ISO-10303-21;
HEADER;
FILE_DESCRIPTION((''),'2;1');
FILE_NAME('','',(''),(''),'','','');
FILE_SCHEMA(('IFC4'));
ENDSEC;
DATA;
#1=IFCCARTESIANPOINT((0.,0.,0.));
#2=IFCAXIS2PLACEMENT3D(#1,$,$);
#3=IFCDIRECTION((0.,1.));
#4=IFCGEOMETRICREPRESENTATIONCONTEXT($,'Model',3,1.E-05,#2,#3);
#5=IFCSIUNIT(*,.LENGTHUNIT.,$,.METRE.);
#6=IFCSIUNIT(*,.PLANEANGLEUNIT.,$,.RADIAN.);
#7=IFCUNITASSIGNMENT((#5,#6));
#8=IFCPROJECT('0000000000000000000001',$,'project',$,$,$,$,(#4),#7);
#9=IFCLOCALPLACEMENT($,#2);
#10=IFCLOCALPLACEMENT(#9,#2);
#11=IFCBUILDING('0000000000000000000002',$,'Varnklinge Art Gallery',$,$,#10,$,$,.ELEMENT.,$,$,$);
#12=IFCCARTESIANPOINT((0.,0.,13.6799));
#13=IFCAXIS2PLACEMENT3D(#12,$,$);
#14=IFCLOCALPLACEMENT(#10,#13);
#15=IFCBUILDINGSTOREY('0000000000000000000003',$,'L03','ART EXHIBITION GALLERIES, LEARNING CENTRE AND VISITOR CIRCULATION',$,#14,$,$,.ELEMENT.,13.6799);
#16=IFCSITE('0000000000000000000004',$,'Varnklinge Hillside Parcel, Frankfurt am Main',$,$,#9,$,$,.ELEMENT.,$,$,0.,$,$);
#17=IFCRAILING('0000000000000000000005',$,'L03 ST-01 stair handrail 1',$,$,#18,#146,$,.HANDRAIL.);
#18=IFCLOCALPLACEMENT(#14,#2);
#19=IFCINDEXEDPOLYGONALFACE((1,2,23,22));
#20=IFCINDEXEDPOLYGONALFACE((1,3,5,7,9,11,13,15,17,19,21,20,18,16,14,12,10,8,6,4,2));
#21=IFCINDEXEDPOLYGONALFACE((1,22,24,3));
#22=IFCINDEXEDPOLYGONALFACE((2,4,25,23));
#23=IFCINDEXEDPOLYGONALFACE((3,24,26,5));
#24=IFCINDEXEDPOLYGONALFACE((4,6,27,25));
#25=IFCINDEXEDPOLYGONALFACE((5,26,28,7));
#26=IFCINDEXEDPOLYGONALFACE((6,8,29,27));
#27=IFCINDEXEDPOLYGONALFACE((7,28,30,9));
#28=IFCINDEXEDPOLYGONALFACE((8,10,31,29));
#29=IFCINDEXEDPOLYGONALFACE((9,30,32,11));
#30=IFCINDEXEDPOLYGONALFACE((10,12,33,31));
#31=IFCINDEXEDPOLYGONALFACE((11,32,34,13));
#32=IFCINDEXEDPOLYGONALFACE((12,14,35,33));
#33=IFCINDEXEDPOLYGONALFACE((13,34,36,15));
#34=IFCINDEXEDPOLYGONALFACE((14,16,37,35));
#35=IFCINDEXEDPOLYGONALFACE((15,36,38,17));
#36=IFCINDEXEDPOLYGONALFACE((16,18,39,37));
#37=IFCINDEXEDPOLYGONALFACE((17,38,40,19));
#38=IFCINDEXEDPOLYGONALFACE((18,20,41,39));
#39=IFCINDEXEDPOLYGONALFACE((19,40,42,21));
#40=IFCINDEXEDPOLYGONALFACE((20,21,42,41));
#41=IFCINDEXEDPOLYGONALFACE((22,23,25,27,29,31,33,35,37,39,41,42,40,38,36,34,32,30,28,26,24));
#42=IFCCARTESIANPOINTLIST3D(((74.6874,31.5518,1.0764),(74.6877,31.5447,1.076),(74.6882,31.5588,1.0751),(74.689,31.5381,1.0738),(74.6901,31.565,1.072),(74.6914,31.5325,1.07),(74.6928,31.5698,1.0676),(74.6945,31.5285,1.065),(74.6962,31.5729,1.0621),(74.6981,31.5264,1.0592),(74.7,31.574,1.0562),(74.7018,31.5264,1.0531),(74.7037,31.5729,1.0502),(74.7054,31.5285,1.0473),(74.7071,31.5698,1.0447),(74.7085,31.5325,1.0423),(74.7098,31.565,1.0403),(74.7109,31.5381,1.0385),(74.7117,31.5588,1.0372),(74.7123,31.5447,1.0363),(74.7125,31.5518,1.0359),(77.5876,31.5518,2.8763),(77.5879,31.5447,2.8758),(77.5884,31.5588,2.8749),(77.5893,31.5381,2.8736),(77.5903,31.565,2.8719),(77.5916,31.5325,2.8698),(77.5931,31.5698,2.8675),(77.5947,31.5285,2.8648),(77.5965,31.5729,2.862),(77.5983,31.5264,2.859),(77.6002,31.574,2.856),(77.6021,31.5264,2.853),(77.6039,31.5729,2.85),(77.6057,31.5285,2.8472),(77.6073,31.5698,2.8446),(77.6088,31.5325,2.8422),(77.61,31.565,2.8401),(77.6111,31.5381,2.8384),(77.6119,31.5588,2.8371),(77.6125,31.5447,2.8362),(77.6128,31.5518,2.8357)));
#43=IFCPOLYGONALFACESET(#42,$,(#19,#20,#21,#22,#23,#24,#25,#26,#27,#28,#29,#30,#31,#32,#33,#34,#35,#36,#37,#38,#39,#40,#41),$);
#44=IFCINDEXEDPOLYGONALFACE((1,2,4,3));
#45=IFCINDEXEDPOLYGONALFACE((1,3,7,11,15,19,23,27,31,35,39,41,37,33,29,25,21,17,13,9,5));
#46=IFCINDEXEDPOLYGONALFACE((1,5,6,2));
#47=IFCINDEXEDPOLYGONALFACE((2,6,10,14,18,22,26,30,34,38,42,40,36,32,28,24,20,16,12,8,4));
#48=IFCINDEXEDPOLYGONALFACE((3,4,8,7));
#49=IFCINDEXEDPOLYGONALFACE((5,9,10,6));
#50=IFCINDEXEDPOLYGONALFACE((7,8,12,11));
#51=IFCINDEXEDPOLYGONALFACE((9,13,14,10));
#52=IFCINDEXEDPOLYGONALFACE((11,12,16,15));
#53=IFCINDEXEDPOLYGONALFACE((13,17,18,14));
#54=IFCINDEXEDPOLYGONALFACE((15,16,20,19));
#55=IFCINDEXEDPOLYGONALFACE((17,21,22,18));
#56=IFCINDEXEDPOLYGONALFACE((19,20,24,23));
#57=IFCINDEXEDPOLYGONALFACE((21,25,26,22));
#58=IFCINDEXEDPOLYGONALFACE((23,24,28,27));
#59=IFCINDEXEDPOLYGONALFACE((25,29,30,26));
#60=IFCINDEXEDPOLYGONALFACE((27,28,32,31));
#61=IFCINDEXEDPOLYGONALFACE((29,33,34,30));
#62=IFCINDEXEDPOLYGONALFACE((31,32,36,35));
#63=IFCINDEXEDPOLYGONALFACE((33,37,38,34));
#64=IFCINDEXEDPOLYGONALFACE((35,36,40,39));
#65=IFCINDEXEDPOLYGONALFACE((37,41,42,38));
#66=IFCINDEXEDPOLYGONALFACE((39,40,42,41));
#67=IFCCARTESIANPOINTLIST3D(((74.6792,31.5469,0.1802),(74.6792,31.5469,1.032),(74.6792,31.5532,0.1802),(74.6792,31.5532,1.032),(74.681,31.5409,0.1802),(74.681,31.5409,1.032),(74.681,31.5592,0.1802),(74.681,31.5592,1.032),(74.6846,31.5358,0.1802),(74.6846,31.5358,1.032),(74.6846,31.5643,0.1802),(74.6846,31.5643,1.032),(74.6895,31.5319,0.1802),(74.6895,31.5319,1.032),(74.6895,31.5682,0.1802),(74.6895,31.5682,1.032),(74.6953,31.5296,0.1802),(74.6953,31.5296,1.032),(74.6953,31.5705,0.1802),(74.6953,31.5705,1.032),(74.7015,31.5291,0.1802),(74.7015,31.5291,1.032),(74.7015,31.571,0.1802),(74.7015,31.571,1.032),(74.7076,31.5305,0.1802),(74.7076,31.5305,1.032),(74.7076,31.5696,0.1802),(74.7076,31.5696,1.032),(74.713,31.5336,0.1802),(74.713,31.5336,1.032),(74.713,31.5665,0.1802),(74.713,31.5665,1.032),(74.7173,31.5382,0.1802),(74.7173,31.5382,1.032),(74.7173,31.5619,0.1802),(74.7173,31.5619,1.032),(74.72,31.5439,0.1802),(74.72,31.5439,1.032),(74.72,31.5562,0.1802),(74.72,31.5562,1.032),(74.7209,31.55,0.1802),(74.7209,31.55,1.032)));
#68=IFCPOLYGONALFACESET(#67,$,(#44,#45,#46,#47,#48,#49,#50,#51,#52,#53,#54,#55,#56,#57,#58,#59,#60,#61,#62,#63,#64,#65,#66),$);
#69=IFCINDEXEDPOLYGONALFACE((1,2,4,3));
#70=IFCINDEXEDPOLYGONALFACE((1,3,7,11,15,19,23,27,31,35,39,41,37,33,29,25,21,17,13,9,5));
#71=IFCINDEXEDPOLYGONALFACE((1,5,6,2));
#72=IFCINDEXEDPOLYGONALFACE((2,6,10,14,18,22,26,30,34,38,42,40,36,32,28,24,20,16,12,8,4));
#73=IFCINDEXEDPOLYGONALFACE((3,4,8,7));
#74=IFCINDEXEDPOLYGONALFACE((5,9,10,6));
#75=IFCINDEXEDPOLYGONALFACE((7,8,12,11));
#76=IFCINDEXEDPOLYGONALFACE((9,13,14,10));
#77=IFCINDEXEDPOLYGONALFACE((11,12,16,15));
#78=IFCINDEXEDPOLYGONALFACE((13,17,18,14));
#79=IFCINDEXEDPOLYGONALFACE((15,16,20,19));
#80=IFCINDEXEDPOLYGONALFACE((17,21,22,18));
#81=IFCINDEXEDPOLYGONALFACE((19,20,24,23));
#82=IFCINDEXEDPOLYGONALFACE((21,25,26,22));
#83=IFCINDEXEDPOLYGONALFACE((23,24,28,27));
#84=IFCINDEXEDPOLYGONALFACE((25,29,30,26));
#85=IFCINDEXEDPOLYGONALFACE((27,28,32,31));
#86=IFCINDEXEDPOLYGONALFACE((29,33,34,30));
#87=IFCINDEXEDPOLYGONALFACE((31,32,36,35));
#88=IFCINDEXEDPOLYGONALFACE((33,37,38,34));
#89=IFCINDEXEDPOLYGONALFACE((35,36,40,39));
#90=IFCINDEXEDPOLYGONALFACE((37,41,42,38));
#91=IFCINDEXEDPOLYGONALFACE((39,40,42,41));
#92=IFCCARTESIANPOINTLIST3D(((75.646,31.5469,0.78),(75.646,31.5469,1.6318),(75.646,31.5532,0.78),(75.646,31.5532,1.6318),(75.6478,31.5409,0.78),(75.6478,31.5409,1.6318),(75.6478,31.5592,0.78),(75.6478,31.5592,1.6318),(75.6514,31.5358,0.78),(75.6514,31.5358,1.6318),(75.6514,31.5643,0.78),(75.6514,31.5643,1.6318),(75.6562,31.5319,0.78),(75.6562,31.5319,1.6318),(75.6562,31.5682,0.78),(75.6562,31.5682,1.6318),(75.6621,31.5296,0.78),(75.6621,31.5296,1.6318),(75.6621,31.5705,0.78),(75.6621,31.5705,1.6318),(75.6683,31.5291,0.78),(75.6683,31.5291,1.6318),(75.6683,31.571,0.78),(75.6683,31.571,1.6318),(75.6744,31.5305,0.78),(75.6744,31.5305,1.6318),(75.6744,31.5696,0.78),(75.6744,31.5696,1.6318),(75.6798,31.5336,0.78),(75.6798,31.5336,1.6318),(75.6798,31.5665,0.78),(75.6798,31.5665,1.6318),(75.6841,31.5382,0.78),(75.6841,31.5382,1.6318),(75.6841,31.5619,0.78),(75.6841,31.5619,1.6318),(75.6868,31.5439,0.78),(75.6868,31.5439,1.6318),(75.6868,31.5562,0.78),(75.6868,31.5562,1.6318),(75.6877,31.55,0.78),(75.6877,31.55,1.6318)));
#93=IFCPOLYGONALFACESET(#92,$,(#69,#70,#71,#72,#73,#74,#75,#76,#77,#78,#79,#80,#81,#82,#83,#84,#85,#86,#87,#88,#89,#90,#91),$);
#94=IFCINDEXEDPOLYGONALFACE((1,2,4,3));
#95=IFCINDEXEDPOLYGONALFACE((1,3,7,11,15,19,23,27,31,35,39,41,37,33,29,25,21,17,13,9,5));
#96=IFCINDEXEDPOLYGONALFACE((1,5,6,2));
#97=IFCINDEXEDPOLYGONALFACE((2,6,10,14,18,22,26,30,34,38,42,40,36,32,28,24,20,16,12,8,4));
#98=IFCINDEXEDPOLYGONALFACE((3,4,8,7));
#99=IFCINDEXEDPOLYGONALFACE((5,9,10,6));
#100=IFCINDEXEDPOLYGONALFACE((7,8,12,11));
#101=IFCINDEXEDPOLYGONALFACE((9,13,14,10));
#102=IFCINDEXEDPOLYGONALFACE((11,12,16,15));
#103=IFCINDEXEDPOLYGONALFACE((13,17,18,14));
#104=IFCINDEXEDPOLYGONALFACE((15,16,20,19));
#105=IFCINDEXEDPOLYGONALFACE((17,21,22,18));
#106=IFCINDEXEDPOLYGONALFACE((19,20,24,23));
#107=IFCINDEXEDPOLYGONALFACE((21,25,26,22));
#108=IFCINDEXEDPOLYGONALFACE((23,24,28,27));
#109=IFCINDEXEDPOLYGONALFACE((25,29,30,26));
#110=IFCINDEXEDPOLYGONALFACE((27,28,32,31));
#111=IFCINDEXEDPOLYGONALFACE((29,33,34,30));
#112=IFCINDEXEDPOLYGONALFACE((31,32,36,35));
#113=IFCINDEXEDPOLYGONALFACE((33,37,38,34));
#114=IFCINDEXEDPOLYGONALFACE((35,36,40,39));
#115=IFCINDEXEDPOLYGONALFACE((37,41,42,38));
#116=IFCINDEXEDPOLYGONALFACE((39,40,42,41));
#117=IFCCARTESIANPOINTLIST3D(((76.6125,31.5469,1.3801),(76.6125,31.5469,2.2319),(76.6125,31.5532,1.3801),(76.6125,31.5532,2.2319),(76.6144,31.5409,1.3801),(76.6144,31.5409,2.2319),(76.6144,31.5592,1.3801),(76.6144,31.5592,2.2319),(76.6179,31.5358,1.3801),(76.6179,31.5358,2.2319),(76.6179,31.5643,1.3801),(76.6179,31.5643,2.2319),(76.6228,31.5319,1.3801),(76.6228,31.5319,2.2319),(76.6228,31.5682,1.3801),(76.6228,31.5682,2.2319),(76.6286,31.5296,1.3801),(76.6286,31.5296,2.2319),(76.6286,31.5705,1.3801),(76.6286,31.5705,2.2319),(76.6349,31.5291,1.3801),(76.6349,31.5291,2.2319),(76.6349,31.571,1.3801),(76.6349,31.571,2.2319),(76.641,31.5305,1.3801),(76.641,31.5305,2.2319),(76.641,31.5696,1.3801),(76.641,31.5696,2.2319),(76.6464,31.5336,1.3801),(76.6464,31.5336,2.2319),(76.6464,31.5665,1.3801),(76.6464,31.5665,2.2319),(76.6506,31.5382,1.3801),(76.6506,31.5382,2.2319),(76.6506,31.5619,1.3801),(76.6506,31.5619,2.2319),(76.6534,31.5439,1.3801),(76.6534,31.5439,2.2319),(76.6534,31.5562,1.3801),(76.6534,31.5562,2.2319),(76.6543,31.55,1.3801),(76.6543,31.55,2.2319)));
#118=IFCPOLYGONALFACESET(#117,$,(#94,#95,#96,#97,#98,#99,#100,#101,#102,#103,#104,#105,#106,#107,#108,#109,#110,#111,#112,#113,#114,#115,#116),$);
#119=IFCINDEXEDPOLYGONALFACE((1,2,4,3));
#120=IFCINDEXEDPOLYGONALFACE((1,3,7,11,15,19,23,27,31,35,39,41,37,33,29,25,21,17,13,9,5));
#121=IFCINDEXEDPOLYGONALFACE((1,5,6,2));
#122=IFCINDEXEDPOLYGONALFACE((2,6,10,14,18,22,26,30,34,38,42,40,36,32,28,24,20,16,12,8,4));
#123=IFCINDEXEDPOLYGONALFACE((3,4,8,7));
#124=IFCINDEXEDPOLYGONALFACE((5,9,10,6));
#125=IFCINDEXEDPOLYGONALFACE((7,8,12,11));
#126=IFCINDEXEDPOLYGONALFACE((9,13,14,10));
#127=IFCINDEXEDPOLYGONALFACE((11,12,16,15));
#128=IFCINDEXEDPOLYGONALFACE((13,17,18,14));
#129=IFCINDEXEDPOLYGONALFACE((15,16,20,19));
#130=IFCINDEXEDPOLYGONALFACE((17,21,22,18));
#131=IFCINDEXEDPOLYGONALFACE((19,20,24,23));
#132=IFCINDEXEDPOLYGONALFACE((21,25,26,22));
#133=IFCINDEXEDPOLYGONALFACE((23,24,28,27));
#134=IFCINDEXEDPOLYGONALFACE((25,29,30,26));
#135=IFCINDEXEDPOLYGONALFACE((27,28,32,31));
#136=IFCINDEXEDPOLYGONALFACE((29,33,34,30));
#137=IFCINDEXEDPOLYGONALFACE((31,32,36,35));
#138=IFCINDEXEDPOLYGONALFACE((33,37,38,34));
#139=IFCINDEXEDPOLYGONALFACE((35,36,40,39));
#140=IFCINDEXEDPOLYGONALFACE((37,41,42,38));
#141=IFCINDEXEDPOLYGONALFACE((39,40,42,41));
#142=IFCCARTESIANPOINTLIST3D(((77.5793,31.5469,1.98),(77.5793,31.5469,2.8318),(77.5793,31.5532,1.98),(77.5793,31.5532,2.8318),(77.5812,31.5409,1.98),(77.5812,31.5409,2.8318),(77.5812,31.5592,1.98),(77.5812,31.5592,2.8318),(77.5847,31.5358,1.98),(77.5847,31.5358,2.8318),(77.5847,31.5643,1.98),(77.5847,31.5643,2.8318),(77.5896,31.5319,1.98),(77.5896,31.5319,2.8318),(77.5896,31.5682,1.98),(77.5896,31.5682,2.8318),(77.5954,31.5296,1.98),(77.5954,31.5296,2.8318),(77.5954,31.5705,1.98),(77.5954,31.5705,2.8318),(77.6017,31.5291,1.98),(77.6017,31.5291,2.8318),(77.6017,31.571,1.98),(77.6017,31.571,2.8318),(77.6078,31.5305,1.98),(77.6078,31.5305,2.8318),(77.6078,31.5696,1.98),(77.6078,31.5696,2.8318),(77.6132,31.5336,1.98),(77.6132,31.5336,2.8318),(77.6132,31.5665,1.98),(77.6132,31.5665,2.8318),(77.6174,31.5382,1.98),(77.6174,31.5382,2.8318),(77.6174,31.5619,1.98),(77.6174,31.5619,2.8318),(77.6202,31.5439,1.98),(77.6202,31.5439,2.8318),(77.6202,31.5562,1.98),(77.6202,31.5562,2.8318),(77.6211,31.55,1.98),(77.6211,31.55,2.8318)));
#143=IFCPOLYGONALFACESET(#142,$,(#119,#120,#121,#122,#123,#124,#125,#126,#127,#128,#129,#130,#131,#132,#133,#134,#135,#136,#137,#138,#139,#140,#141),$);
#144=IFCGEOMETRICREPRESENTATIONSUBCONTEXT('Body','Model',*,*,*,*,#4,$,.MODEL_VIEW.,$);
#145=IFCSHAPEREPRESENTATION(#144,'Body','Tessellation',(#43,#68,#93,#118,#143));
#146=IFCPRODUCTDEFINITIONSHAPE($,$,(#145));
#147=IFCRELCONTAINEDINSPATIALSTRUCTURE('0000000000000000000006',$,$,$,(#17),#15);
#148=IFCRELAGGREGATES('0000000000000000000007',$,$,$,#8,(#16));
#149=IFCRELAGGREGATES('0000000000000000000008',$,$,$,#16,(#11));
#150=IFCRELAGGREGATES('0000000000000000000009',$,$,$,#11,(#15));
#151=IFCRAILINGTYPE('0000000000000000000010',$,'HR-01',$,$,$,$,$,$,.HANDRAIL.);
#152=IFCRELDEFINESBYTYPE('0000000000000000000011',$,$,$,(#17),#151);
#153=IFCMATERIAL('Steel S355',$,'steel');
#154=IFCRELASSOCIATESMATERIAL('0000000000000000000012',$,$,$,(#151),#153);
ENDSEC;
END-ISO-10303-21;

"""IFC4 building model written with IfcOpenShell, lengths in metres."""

from ifc_helpers import new_model, si_unit, direction, frame, origin, origin_2d, place, context, subcontext, project, spatial, circle, extrude, material, type_object, element, save


model = new_model("IFC4")

# Units and contexts
model_context = context("Model", 3, precision=1e-05, world=origin(), true_north=direction((0.0, 1.0)))
body_context = subcontext(model_context, "Body", "Model", "MODEL_VIEW")
ifc_project = project(units=[si_unit("LENGTHUNIT", "METRE"), si_unit("PLANEANGLEUNIT", "RADIAN")], contexts=[model_context])

# Site, building, storey
site_placement = place(None, origin())
site = spatial("IfcSite", under=ifc_project, at=site_placement, Name="Varnklinge Hillside Parcel, Frankfurt am Main", CompositionType="ELEMENT", RefElevation=0.0)
building_placement = place(site_placement, origin())
building = spatial("IfcBuilding", under=site, at=building_placement, Name="Varnklinge Art Gallery", CompositionType="ELEMENT")
storey_placement = place(building_placement, frame((0.0, 0.0, 13.6799)))
storey = spatial("IfcBuildingStorey", under=building, at=storey_placement, Name="L03", Description="ART EXHIBITION GALLERIES, LEARNING CENTRE AND VISITOR CIRCULATION", CompositionType="ELEMENT", Elevation=13.6799)

# Railing
ifc_material_1 = material(Name="Steel S355", Category="steel")
railing_type_1 = type_object("IfcRailingType", Name="HR-01", PredefinedType="HANDRAIL", material=ifc_material_1)
railing_1_placement = place(storey_placement, frame((74.7, 31.55, 0.1802)))
element("IfcRailing", 1, at=railing_1_placement, inside=storey, type_object=railing_type_1, Name="L03 ST-01 stair handrail 1", PredefinedType="HANDRAIL", context=body_context, shape_type="SweptSolid", body=[
    extrude(circle(Radius=0.0239, at=origin_2d()), frame((0.0, 0.0, 0.876), z_axis=(0.849678, 0.0, 0.527302), x_axis=(0.0, 1.0, 0.0)), (0.0, 0.0, 1.0), 3.4133),
    extrude(circle(Radius=0.021, at=origin_2d()), origin(), (0.0, 0.0, 1.0), 0.8518),
    extrude(circle(Radius=0.021, at=origin_2d()), frame((0.9668, 0.0, 0.5999)), (0.0, 0.0, 1.0), 0.8518),
    extrude(circle(Radius=0.021, at=origin_2d()), frame((1.9333, 0.0, 1.2)), (0.0, 0.0, 1.0), 0.8518),
    extrude(circle(Radius=0.021, at=origin_2d()), frame((2.9001, 0.0, 1.7998)), (0.0, 0.0, 1.0), 0.8518),
])

save(model, "model.ifc")
